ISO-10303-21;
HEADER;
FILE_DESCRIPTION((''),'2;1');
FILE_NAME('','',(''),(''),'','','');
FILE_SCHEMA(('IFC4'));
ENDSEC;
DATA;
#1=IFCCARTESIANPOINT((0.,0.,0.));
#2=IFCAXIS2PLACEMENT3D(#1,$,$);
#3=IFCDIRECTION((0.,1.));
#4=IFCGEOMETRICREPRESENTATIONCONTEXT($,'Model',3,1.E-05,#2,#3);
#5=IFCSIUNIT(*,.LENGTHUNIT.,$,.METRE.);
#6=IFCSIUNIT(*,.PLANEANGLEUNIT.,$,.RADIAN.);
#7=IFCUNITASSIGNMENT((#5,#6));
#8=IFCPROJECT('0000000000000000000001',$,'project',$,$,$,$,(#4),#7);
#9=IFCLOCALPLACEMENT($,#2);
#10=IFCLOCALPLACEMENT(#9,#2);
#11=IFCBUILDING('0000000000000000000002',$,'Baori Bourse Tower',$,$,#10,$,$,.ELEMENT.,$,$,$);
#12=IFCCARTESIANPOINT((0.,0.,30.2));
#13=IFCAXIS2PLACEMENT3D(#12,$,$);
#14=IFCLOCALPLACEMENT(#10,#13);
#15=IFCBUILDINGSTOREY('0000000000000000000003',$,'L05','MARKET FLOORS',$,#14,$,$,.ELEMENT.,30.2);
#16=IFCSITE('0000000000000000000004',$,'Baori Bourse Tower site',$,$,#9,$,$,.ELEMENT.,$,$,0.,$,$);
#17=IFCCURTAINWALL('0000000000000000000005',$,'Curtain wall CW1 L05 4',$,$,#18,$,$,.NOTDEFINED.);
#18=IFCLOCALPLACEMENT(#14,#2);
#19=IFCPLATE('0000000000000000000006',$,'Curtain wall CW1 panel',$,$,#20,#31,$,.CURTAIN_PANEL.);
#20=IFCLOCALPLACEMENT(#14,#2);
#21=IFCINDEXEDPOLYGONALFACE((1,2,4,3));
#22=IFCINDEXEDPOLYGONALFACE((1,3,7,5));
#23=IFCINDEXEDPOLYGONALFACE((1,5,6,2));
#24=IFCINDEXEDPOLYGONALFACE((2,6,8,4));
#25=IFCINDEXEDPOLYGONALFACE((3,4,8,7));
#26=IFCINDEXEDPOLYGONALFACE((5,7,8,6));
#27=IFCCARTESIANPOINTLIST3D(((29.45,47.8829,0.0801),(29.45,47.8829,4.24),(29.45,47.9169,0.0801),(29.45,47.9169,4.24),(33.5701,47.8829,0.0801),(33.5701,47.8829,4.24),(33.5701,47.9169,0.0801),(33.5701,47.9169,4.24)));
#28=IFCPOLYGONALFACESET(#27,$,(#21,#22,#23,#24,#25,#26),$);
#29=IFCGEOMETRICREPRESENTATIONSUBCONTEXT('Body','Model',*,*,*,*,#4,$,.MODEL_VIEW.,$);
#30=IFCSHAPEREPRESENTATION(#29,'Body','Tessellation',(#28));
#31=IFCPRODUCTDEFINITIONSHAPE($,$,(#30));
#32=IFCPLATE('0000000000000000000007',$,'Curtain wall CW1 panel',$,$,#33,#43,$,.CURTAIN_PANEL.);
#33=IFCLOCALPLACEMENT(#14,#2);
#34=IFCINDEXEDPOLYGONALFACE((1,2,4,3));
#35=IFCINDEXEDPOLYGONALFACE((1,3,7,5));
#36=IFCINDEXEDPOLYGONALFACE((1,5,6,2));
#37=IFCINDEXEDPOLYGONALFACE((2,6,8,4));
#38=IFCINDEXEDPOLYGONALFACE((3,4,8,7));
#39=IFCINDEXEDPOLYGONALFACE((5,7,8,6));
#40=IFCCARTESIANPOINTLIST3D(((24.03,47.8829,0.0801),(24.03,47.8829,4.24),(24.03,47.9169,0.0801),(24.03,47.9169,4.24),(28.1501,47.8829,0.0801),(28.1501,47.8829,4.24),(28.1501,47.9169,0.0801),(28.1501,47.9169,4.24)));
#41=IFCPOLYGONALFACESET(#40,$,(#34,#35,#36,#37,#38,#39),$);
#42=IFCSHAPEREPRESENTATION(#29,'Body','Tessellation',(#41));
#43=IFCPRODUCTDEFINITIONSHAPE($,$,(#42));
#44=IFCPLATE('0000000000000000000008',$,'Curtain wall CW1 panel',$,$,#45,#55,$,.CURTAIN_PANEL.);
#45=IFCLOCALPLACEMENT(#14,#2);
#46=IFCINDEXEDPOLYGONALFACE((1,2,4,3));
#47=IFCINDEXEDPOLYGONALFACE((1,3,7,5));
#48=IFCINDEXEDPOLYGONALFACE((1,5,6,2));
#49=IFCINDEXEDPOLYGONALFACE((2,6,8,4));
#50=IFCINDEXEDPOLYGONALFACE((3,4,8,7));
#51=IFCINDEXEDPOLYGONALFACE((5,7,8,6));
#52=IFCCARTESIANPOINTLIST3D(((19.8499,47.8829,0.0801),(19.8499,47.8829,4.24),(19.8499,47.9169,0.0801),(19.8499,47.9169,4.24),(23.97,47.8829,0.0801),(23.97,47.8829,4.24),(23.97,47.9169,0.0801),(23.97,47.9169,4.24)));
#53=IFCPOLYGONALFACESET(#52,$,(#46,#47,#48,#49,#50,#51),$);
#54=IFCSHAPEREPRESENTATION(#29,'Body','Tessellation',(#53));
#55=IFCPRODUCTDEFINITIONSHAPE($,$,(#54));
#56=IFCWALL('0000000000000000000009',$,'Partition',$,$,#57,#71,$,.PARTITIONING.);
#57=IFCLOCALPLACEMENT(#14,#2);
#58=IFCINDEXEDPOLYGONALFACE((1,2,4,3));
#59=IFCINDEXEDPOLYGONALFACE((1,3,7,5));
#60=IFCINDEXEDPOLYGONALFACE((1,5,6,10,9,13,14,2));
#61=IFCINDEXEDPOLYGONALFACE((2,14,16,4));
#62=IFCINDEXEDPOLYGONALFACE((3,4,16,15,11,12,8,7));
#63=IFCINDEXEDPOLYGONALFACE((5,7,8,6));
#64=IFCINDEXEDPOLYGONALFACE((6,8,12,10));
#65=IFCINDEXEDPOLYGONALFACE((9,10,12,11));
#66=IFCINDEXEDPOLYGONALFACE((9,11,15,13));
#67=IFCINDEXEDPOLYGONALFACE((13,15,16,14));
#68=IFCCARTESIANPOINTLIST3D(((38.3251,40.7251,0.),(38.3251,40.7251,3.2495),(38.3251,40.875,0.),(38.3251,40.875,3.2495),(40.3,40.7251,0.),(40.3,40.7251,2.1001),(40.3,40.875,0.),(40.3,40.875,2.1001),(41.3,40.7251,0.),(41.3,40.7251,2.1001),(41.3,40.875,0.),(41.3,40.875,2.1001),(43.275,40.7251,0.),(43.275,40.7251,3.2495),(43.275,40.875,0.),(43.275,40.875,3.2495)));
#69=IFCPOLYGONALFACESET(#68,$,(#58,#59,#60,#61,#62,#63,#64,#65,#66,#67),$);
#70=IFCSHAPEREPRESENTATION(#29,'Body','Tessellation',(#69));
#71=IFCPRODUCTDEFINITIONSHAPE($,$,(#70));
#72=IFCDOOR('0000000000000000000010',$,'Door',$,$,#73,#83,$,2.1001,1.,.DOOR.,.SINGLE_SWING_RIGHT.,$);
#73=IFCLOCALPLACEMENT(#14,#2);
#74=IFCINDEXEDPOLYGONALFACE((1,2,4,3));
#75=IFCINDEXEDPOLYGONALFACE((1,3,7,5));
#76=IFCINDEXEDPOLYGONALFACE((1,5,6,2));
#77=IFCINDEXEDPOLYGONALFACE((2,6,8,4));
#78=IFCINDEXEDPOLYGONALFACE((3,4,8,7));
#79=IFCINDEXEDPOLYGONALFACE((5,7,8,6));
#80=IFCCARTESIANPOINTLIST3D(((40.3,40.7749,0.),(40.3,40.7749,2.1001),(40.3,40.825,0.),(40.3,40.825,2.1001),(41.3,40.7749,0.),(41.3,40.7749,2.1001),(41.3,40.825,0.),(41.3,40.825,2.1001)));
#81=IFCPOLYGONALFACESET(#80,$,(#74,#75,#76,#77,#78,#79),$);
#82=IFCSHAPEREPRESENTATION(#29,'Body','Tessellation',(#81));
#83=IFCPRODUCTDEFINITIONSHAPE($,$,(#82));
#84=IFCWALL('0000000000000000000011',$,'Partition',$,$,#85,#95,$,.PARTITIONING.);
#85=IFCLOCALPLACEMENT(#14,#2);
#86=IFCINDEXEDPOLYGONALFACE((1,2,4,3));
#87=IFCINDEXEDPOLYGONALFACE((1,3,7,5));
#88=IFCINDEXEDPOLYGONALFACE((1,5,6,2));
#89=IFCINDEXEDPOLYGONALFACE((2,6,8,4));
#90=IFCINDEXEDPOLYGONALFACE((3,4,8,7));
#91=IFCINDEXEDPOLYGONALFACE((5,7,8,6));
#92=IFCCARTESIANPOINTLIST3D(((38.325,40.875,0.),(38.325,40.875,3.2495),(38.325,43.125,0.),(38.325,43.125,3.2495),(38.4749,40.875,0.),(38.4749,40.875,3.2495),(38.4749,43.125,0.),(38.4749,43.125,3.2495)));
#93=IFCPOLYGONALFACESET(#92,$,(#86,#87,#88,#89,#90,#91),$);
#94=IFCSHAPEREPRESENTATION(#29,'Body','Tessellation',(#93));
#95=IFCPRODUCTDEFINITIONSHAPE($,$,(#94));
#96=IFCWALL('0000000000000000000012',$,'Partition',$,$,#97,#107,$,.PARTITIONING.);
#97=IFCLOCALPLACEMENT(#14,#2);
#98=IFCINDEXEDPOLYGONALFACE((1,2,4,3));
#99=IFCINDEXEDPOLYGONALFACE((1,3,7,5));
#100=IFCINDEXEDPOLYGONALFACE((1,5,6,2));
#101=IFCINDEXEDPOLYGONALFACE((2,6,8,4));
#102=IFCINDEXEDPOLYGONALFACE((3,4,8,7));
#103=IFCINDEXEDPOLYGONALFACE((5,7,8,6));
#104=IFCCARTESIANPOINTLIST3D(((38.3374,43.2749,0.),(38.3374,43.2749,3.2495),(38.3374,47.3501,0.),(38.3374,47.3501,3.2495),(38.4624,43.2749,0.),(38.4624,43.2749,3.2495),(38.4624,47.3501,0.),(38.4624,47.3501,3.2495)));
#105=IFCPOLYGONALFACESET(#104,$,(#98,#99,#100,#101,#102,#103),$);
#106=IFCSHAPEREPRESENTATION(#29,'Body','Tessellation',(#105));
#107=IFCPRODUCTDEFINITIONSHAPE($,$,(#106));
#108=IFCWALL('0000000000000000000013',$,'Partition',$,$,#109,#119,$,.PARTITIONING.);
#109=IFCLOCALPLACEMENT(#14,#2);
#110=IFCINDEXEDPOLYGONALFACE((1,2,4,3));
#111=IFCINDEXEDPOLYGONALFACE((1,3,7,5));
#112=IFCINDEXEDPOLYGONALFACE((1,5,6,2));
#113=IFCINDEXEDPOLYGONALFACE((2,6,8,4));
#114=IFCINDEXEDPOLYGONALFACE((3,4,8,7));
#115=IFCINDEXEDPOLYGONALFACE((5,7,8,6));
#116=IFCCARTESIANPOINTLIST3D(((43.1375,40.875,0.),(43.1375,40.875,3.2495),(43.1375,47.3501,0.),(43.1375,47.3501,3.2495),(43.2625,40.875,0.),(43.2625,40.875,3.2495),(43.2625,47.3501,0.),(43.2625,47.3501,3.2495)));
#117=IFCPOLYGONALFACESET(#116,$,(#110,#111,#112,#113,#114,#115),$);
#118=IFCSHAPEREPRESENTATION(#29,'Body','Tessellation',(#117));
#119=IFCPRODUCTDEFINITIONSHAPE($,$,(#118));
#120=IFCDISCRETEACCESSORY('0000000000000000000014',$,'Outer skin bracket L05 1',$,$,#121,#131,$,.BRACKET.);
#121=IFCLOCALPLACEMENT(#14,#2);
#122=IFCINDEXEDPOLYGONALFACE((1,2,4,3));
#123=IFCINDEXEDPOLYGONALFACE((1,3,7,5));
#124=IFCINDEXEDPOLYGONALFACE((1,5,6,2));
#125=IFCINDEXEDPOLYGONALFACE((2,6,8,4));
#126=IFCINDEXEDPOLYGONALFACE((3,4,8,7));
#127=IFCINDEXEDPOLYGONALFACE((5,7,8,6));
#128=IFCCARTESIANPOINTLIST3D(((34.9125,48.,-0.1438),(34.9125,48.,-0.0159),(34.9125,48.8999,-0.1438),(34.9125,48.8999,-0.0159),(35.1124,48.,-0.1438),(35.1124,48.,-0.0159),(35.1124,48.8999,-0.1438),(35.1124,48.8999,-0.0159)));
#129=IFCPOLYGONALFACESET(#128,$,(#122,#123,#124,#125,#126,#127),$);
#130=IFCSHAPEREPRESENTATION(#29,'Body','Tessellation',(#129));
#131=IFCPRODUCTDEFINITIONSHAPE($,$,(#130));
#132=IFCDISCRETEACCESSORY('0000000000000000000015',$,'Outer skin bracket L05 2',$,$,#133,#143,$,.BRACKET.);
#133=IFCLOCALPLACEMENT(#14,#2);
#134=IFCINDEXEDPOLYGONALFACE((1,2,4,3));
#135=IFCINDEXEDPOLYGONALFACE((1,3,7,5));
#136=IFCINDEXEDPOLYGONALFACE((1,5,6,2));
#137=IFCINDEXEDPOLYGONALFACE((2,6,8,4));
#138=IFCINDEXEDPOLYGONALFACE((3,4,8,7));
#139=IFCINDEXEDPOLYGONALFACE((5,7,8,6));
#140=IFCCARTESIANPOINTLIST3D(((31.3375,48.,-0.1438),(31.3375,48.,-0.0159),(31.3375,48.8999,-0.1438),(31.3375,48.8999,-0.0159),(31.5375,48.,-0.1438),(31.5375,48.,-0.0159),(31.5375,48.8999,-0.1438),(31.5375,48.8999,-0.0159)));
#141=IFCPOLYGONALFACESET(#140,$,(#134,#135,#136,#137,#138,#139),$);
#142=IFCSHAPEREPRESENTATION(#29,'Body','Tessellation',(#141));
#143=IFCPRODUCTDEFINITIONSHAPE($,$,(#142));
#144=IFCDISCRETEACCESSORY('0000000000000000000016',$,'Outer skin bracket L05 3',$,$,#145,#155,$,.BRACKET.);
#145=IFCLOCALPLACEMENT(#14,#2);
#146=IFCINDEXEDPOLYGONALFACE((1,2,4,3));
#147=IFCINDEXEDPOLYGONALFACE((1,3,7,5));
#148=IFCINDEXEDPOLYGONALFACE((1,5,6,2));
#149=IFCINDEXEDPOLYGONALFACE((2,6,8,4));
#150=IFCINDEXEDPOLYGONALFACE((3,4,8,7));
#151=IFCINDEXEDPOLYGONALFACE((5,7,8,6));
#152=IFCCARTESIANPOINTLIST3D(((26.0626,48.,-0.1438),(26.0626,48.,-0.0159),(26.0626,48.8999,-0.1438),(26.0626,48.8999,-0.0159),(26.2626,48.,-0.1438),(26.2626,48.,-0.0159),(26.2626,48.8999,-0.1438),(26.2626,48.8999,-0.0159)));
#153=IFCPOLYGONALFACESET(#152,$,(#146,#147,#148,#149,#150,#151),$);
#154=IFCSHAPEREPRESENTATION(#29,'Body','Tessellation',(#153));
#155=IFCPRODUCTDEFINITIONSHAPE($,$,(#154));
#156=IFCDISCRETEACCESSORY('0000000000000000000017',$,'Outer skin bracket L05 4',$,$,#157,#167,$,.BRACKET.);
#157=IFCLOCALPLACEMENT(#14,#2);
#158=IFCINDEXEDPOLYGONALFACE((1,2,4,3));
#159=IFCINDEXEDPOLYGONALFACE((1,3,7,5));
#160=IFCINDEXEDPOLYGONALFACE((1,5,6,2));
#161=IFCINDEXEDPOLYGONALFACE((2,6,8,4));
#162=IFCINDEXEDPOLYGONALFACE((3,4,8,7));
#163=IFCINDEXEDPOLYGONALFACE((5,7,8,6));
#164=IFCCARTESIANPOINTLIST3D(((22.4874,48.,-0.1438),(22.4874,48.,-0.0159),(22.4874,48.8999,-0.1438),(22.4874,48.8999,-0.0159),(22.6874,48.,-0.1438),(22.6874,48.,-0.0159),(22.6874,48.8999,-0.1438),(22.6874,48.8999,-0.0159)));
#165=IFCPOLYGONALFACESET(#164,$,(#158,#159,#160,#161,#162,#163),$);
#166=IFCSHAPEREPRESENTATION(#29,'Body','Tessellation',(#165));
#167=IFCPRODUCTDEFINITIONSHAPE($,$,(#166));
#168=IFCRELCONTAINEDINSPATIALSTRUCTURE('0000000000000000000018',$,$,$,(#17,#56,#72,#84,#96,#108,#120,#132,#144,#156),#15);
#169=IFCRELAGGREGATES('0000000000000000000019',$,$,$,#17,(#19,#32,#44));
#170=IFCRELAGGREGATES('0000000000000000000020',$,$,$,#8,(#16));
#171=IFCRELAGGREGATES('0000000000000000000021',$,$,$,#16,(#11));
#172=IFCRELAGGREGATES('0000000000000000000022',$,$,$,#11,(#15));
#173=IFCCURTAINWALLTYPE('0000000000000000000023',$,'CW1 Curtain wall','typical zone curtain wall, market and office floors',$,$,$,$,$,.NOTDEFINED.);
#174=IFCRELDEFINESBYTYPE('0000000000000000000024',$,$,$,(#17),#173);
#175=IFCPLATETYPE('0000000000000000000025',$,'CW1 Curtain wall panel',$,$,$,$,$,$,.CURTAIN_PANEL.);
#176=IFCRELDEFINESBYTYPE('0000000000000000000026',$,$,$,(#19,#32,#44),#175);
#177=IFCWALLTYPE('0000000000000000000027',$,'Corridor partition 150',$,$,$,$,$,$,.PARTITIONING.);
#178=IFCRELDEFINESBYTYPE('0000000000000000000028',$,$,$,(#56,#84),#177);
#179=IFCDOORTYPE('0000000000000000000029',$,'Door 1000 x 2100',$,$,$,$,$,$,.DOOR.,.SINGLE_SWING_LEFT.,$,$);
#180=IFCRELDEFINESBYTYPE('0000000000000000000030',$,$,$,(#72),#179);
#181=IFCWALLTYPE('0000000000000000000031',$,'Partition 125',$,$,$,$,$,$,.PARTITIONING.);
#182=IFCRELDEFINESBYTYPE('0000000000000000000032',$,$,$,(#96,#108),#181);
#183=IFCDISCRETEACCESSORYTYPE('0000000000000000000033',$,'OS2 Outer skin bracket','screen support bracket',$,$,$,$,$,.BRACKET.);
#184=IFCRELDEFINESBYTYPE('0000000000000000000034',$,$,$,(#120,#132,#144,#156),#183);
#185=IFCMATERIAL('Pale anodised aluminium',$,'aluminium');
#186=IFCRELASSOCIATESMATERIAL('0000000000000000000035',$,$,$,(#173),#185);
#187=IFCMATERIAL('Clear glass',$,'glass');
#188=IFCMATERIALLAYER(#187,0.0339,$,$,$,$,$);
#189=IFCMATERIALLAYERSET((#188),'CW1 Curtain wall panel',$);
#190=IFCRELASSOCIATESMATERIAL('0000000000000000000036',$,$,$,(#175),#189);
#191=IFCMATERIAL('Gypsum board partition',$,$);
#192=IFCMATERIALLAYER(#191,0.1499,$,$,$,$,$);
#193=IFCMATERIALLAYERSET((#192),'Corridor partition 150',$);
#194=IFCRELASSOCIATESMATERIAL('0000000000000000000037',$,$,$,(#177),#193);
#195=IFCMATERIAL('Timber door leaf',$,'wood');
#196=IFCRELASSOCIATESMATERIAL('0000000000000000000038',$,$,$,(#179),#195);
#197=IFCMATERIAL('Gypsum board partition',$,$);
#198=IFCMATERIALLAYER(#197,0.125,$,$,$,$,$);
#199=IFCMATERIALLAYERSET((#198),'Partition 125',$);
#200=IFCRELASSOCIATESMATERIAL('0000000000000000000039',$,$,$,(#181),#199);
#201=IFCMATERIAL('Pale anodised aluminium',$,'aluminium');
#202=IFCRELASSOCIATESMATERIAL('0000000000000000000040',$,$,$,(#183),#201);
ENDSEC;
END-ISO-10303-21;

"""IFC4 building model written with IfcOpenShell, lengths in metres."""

from ifc_helpers import new_model, si_unit, direction, frame, frame_2d, origin, origin_2d, place, context, subcontext, project, spatial, rectangle, extrude, material, layer, layer_set, type_object, element, fill, aggregate, save


model = new_model("IFC4")

# Units and contexts
model_context = context("Model", 3, precision=1e-05, world=origin(), true_north=direction((0.0, 1.0)))
body_context = subcontext(model_context, "Body", "Model", "MODEL_VIEW")
ifc_project = project(units=[si_unit("LENGTHUNIT", "METRE"), si_unit("PLANEANGLEUNIT", "RADIAN")], contexts=[model_context])

# Site, building, storey
site_placement = place(None, origin())
site = spatial("IfcSite", under=ifc_project, at=site_placement, Name="Baori Bourse Tower site", CompositionType="ELEMENT", RefElevation=0.0)
building_placement = place(site_placement, origin())
building = spatial("IfcBuilding", under=site, at=building_placement, Name="Baori Bourse Tower", CompositionType="ELEMENT")
storey_placement = place(building_placement, frame((0.0, 0.0, 30.2)))
storey = spatial("IfcBuildingStorey", under=building, at=storey_placement, Name="L05", Description="MARKET FLOORS", CompositionType="ELEMENT", Elevation=30.2)

# Curtain wall
ifc_material_1 = material(Name="Pale anodised aluminium", Category="aluminium")
curtain_wall_type = type_object("IfcCurtainWallType", Name="CW1 Curtain wall", Description="typical zone curtain wall, market and office floors", PredefinedType="NOTDEFINED", material=ifc_material_1)
curtain_wall_placement = place(storey_placement, origin())
curtain_wall = element("IfcCurtainWall", 1, at=curtain_wall_placement, inside=storey, type_object=curtain_wall_type, Name="Curtain wall CW1 L05 4", PredefinedType="NOTDEFINED")

# Plates
ifc_material_2 = material(Name="Clear glass", Category="glass")
ifc_layer_1 = layer(ifc_material_2, 0.0339)
ifc_layer_set_1 = layer_set([ifc_layer_1], Name="CW1 Curtain wall panel")
plate_type = type_object("IfcPlateType", Name="CW1 Curtain wall panel", PredefinedType="CURTAIN_PANEL", material=ifc_layer_set_1)
plate_1_placement = place(storey_placement, frame((31.51, 47.8999, 0.0801), z_axis=(0.0, 0.0, 1.0), x_axis=(-1.0, 0.0, 0.0)))
plate_1 = element("IfcPlate", 2, at=plate_1_placement, type_object=plate_type, Name="Curtain wall CW1 panel", PredefinedType="CURTAIN_PANEL", context=body_context, shape_type="SweptSolid", body=[
    extrude(rectangle(XDim=4.1201, YDim=0.0339, at=origin_2d()), origin(), (0.0, 0.0, 1.0), 4.1599),
])
plate_2_placement = place(storey_placement, frame((26.0901, 47.8999, 0.0801), z_axis=(0.0, 0.0, 1.0), x_axis=(-1.0, 0.0, 0.0)))
plate_2 = element("IfcPlate", 3, at=plate_2_placement, type_object=plate_type, Name="Curtain wall CW1 panel", PredefinedType="CURTAIN_PANEL", context=body_context, shape_type="SweptSolid", body=[
    extrude(rectangle(XDim=4.1201, YDim=0.0339, at=origin_2d()), origin(), (0.0, 0.0, 1.0), 4.1599),
])
plate_3_placement = place(storey_placement, frame((21.9099, 47.8999, 0.0801), z_axis=(0.0, 0.0, 1.0), x_axis=(-1.0, 0.0, 0.0)))
plate_3 = element("IfcPlate", 4, at=plate_3_placement, type_object=plate_type, Name="Curtain wall CW1 panel", PredefinedType="CURTAIN_PANEL", context=body_context, shape_type="SweptSolid", body=[
    extrude(rectangle(XDim=4.1201, YDim=0.0339, at=origin_2d()), origin(), (0.0, 0.0, 1.0), 4.1599),
])
aggregate(curtain_wall, [plate_1, plate_2, plate_3])

# Wall, opening, door
ifc_material_3 = material(Name="Gypsum board partition")
ifc_layer_2 = layer(ifc_material_3, 0.1499)
ifc_layer_set_2 = layer_set([ifc_layer_2], Name="Corridor partition 150")
wall_type_1 = type_object("IfcWallType", Name="Corridor partition 150", PredefinedType="PARTITIONING", material=ifc_layer_set_2)
wall_1_placement = place(storey_placement, frame((38.325, 40.8, 0.0), z_axis=(0.0, 0.0, 1.0), x_axis=(1.0, 0.0, 0.0)))
wall_1 = element("IfcWall", 5, at=wall_1_placement, inside=storey, type_object=wall_type_1, Name="Partition", PredefinedType="PARTITIONING", context=body_context, shape_type="SweptSolid", body=[
    extrude(rectangle(XDim=4.95, YDim=0.1499, at=frame_2d((2.4751, 0.0))), origin(), (0.0, 0.0, 1.0), 3.2495),
])
opening_placement = place(wall_1_placement, frame((1.9751, 0.0, 0.0)))
opening = element("IfcOpeningElement", 6, at=opening_placement, cuts=wall_1, PredefinedType="OPENING", context=body_context, shape_type="SweptSolid", body=[
    extrude(rectangle(XDim=1.0, YDim=2.1001, at=frame_2d((0.5, 1.05))), frame((0.0, 0.085, 0.0), z_axis=(0.0, -1.0, 0.0), x_axis=(1.0, 0.0, 0.0)), (0.0, 0.0, 1.0), 0.1699),
])
ifc_material_4 = material(Name="Timber door leaf", Category="wood")
door_type = type_object("IfcDoorType", Name="Door 1000 x 2100", OperationType="SINGLE_SWING_LEFT", PredefinedType="DOOR", material=ifc_material_4)
door_placement = place(opening_placement, origin())
door = element("IfcDoor", 7, at=door_placement, inside=storey, type_object=door_type, Name="Door", OperationType="SINGLE_SWING_RIGHT", OverallHeight=2.1001, OverallWidth=1.0, PredefinedType="DOOR", context=body_context, shape_type="SweptSolid", body=[
    extrude(rectangle(XDim=1.0, YDim=2.1001, at=frame_2d((0.5, 1.05))), frame((0.0, 0.0249, 0.0), z_axis=(0.0, -1.0, 0.0), x_axis=(1.0, 0.0, 0.0)), (0.0, 0.0, 1.0), 0.05),
])
fill(opening, door)

# Walls
wall_2_placement = place(storey_placement, frame((38.3999, 40.875, 0.0), z_axis=(0.0, 0.0, 1.0), x_axis=(0.0, 1.0, 0.0)))
element("IfcWall", 8, at=wall_2_placement, inside=storey, type_object=wall_type_1, Name="Partition", PredefinedType="PARTITIONING", context=body_context, shape_type="SweptSolid", body=[
    extrude(rectangle(XDim=2.25, YDim=0.1499, at=frame_2d((1.125, 0.0))), origin(), (0.0, 0.0, 1.0), 3.2495),
])
ifc_material_5 = material(Name="Gypsum board partition")
ifc_layer_3 = layer(ifc_material_5, 0.125)
ifc_layer_set_3 = layer_set([ifc_layer_3], Name="Partition 125")
wall_type_2 = type_object("IfcWallType", Name="Partition 125", PredefinedType="PARTITIONING", material=ifc_layer_set_3)
wall_3_placement = place(storey_placement, frame((38.3999, 43.2749, 0.0), z_axis=(0.0, 0.0, 1.0), x_axis=(0.0, 1.0, 0.0)))
element("IfcWall", 9, at=wall_3_placement, inside=storey, type_object=wall_type_2, Name="Partition", PredefinedType="PARTITIONING", context=body_context, shape_type="SweptSolid", body=[
    extrude(rectangle(XDim=4.0752, YDim=0.125, at=frame_2d((2.0376, 0.0))), origin(), (0.0, 0.0, 1.0), 3.2495),
])
wall_4_placement = place(storey_placement, frame((43.2, 40.875, 0.0), z_axis=(0.0, 0.0, 1.0), x_axis=(0.0, 1.0, 0.0)))
element("IfcWall", 10, at=wall_4_placement, inside=storey, type_object=wall_type_2, Name="Partition", PredefinedType="PARTITIONING", context=body_context, shape_type="SweptSolid", body=[
    extrude(rectangle(XDim=6.4751, YDim=0.125, at=frame_2d((3.2375, 0.0))), origin(), (0.0, 0.0, 1.0), 3.2495),
])

# Discrete accessories
ifc_material_6 = material(Name="Pale anodised aluminium", Category="aluminium")
discrete_accessory_type = type_object("IfcDiscreteAccessoryType", Name="OS2 Outer skin bracket", Description="screen support bracket", PredefinedType="BRACKET", material=ifc_material_6)
for number, where, z_axis, x_axis, name in (
    (11, (35.0125, 48.45, -0.1438), (0.0, 0.0, 1.0), (-1.0, 0.0, 0.0), "Outer skin bracket L05 1"),
    (12, (31.4375, 48.45, -0.1438), (0.0, 0.0, 1.0), (-1.0, 0.0, 0.0), "Outer skin bracket L05 2"),
    (13, (26.1626, 48.45, -0.1438), (0.0, 0.0, 1.0), (-1.0, 0.0, 0.0), "Outer skin bracket L05 3"),
    (14, (22.5874, 48.45, -0.1438), (0.0, 0.0, 1.0), (-1.0, 0.0, 0.0), "Outer skin bracket L05 4"),
):
    element("IfcDiscreteAccessory", number, at=place(storey_placement, frame(where, z_axis=z_axis, x_axis=x_axis)), inside=storey, type_object=discrete_accessory_type, Name=name, PredefinedType="BRACKET", context=body_context, shape_type="SweptSolid", body=[
        extrude(rectangle(XDim=0.2, YDim=0.8999, at=origin_2d()), origin(), (0.0, 0.0, 1.0), 0.1279),
    ])

save(model, "model.ifc")
